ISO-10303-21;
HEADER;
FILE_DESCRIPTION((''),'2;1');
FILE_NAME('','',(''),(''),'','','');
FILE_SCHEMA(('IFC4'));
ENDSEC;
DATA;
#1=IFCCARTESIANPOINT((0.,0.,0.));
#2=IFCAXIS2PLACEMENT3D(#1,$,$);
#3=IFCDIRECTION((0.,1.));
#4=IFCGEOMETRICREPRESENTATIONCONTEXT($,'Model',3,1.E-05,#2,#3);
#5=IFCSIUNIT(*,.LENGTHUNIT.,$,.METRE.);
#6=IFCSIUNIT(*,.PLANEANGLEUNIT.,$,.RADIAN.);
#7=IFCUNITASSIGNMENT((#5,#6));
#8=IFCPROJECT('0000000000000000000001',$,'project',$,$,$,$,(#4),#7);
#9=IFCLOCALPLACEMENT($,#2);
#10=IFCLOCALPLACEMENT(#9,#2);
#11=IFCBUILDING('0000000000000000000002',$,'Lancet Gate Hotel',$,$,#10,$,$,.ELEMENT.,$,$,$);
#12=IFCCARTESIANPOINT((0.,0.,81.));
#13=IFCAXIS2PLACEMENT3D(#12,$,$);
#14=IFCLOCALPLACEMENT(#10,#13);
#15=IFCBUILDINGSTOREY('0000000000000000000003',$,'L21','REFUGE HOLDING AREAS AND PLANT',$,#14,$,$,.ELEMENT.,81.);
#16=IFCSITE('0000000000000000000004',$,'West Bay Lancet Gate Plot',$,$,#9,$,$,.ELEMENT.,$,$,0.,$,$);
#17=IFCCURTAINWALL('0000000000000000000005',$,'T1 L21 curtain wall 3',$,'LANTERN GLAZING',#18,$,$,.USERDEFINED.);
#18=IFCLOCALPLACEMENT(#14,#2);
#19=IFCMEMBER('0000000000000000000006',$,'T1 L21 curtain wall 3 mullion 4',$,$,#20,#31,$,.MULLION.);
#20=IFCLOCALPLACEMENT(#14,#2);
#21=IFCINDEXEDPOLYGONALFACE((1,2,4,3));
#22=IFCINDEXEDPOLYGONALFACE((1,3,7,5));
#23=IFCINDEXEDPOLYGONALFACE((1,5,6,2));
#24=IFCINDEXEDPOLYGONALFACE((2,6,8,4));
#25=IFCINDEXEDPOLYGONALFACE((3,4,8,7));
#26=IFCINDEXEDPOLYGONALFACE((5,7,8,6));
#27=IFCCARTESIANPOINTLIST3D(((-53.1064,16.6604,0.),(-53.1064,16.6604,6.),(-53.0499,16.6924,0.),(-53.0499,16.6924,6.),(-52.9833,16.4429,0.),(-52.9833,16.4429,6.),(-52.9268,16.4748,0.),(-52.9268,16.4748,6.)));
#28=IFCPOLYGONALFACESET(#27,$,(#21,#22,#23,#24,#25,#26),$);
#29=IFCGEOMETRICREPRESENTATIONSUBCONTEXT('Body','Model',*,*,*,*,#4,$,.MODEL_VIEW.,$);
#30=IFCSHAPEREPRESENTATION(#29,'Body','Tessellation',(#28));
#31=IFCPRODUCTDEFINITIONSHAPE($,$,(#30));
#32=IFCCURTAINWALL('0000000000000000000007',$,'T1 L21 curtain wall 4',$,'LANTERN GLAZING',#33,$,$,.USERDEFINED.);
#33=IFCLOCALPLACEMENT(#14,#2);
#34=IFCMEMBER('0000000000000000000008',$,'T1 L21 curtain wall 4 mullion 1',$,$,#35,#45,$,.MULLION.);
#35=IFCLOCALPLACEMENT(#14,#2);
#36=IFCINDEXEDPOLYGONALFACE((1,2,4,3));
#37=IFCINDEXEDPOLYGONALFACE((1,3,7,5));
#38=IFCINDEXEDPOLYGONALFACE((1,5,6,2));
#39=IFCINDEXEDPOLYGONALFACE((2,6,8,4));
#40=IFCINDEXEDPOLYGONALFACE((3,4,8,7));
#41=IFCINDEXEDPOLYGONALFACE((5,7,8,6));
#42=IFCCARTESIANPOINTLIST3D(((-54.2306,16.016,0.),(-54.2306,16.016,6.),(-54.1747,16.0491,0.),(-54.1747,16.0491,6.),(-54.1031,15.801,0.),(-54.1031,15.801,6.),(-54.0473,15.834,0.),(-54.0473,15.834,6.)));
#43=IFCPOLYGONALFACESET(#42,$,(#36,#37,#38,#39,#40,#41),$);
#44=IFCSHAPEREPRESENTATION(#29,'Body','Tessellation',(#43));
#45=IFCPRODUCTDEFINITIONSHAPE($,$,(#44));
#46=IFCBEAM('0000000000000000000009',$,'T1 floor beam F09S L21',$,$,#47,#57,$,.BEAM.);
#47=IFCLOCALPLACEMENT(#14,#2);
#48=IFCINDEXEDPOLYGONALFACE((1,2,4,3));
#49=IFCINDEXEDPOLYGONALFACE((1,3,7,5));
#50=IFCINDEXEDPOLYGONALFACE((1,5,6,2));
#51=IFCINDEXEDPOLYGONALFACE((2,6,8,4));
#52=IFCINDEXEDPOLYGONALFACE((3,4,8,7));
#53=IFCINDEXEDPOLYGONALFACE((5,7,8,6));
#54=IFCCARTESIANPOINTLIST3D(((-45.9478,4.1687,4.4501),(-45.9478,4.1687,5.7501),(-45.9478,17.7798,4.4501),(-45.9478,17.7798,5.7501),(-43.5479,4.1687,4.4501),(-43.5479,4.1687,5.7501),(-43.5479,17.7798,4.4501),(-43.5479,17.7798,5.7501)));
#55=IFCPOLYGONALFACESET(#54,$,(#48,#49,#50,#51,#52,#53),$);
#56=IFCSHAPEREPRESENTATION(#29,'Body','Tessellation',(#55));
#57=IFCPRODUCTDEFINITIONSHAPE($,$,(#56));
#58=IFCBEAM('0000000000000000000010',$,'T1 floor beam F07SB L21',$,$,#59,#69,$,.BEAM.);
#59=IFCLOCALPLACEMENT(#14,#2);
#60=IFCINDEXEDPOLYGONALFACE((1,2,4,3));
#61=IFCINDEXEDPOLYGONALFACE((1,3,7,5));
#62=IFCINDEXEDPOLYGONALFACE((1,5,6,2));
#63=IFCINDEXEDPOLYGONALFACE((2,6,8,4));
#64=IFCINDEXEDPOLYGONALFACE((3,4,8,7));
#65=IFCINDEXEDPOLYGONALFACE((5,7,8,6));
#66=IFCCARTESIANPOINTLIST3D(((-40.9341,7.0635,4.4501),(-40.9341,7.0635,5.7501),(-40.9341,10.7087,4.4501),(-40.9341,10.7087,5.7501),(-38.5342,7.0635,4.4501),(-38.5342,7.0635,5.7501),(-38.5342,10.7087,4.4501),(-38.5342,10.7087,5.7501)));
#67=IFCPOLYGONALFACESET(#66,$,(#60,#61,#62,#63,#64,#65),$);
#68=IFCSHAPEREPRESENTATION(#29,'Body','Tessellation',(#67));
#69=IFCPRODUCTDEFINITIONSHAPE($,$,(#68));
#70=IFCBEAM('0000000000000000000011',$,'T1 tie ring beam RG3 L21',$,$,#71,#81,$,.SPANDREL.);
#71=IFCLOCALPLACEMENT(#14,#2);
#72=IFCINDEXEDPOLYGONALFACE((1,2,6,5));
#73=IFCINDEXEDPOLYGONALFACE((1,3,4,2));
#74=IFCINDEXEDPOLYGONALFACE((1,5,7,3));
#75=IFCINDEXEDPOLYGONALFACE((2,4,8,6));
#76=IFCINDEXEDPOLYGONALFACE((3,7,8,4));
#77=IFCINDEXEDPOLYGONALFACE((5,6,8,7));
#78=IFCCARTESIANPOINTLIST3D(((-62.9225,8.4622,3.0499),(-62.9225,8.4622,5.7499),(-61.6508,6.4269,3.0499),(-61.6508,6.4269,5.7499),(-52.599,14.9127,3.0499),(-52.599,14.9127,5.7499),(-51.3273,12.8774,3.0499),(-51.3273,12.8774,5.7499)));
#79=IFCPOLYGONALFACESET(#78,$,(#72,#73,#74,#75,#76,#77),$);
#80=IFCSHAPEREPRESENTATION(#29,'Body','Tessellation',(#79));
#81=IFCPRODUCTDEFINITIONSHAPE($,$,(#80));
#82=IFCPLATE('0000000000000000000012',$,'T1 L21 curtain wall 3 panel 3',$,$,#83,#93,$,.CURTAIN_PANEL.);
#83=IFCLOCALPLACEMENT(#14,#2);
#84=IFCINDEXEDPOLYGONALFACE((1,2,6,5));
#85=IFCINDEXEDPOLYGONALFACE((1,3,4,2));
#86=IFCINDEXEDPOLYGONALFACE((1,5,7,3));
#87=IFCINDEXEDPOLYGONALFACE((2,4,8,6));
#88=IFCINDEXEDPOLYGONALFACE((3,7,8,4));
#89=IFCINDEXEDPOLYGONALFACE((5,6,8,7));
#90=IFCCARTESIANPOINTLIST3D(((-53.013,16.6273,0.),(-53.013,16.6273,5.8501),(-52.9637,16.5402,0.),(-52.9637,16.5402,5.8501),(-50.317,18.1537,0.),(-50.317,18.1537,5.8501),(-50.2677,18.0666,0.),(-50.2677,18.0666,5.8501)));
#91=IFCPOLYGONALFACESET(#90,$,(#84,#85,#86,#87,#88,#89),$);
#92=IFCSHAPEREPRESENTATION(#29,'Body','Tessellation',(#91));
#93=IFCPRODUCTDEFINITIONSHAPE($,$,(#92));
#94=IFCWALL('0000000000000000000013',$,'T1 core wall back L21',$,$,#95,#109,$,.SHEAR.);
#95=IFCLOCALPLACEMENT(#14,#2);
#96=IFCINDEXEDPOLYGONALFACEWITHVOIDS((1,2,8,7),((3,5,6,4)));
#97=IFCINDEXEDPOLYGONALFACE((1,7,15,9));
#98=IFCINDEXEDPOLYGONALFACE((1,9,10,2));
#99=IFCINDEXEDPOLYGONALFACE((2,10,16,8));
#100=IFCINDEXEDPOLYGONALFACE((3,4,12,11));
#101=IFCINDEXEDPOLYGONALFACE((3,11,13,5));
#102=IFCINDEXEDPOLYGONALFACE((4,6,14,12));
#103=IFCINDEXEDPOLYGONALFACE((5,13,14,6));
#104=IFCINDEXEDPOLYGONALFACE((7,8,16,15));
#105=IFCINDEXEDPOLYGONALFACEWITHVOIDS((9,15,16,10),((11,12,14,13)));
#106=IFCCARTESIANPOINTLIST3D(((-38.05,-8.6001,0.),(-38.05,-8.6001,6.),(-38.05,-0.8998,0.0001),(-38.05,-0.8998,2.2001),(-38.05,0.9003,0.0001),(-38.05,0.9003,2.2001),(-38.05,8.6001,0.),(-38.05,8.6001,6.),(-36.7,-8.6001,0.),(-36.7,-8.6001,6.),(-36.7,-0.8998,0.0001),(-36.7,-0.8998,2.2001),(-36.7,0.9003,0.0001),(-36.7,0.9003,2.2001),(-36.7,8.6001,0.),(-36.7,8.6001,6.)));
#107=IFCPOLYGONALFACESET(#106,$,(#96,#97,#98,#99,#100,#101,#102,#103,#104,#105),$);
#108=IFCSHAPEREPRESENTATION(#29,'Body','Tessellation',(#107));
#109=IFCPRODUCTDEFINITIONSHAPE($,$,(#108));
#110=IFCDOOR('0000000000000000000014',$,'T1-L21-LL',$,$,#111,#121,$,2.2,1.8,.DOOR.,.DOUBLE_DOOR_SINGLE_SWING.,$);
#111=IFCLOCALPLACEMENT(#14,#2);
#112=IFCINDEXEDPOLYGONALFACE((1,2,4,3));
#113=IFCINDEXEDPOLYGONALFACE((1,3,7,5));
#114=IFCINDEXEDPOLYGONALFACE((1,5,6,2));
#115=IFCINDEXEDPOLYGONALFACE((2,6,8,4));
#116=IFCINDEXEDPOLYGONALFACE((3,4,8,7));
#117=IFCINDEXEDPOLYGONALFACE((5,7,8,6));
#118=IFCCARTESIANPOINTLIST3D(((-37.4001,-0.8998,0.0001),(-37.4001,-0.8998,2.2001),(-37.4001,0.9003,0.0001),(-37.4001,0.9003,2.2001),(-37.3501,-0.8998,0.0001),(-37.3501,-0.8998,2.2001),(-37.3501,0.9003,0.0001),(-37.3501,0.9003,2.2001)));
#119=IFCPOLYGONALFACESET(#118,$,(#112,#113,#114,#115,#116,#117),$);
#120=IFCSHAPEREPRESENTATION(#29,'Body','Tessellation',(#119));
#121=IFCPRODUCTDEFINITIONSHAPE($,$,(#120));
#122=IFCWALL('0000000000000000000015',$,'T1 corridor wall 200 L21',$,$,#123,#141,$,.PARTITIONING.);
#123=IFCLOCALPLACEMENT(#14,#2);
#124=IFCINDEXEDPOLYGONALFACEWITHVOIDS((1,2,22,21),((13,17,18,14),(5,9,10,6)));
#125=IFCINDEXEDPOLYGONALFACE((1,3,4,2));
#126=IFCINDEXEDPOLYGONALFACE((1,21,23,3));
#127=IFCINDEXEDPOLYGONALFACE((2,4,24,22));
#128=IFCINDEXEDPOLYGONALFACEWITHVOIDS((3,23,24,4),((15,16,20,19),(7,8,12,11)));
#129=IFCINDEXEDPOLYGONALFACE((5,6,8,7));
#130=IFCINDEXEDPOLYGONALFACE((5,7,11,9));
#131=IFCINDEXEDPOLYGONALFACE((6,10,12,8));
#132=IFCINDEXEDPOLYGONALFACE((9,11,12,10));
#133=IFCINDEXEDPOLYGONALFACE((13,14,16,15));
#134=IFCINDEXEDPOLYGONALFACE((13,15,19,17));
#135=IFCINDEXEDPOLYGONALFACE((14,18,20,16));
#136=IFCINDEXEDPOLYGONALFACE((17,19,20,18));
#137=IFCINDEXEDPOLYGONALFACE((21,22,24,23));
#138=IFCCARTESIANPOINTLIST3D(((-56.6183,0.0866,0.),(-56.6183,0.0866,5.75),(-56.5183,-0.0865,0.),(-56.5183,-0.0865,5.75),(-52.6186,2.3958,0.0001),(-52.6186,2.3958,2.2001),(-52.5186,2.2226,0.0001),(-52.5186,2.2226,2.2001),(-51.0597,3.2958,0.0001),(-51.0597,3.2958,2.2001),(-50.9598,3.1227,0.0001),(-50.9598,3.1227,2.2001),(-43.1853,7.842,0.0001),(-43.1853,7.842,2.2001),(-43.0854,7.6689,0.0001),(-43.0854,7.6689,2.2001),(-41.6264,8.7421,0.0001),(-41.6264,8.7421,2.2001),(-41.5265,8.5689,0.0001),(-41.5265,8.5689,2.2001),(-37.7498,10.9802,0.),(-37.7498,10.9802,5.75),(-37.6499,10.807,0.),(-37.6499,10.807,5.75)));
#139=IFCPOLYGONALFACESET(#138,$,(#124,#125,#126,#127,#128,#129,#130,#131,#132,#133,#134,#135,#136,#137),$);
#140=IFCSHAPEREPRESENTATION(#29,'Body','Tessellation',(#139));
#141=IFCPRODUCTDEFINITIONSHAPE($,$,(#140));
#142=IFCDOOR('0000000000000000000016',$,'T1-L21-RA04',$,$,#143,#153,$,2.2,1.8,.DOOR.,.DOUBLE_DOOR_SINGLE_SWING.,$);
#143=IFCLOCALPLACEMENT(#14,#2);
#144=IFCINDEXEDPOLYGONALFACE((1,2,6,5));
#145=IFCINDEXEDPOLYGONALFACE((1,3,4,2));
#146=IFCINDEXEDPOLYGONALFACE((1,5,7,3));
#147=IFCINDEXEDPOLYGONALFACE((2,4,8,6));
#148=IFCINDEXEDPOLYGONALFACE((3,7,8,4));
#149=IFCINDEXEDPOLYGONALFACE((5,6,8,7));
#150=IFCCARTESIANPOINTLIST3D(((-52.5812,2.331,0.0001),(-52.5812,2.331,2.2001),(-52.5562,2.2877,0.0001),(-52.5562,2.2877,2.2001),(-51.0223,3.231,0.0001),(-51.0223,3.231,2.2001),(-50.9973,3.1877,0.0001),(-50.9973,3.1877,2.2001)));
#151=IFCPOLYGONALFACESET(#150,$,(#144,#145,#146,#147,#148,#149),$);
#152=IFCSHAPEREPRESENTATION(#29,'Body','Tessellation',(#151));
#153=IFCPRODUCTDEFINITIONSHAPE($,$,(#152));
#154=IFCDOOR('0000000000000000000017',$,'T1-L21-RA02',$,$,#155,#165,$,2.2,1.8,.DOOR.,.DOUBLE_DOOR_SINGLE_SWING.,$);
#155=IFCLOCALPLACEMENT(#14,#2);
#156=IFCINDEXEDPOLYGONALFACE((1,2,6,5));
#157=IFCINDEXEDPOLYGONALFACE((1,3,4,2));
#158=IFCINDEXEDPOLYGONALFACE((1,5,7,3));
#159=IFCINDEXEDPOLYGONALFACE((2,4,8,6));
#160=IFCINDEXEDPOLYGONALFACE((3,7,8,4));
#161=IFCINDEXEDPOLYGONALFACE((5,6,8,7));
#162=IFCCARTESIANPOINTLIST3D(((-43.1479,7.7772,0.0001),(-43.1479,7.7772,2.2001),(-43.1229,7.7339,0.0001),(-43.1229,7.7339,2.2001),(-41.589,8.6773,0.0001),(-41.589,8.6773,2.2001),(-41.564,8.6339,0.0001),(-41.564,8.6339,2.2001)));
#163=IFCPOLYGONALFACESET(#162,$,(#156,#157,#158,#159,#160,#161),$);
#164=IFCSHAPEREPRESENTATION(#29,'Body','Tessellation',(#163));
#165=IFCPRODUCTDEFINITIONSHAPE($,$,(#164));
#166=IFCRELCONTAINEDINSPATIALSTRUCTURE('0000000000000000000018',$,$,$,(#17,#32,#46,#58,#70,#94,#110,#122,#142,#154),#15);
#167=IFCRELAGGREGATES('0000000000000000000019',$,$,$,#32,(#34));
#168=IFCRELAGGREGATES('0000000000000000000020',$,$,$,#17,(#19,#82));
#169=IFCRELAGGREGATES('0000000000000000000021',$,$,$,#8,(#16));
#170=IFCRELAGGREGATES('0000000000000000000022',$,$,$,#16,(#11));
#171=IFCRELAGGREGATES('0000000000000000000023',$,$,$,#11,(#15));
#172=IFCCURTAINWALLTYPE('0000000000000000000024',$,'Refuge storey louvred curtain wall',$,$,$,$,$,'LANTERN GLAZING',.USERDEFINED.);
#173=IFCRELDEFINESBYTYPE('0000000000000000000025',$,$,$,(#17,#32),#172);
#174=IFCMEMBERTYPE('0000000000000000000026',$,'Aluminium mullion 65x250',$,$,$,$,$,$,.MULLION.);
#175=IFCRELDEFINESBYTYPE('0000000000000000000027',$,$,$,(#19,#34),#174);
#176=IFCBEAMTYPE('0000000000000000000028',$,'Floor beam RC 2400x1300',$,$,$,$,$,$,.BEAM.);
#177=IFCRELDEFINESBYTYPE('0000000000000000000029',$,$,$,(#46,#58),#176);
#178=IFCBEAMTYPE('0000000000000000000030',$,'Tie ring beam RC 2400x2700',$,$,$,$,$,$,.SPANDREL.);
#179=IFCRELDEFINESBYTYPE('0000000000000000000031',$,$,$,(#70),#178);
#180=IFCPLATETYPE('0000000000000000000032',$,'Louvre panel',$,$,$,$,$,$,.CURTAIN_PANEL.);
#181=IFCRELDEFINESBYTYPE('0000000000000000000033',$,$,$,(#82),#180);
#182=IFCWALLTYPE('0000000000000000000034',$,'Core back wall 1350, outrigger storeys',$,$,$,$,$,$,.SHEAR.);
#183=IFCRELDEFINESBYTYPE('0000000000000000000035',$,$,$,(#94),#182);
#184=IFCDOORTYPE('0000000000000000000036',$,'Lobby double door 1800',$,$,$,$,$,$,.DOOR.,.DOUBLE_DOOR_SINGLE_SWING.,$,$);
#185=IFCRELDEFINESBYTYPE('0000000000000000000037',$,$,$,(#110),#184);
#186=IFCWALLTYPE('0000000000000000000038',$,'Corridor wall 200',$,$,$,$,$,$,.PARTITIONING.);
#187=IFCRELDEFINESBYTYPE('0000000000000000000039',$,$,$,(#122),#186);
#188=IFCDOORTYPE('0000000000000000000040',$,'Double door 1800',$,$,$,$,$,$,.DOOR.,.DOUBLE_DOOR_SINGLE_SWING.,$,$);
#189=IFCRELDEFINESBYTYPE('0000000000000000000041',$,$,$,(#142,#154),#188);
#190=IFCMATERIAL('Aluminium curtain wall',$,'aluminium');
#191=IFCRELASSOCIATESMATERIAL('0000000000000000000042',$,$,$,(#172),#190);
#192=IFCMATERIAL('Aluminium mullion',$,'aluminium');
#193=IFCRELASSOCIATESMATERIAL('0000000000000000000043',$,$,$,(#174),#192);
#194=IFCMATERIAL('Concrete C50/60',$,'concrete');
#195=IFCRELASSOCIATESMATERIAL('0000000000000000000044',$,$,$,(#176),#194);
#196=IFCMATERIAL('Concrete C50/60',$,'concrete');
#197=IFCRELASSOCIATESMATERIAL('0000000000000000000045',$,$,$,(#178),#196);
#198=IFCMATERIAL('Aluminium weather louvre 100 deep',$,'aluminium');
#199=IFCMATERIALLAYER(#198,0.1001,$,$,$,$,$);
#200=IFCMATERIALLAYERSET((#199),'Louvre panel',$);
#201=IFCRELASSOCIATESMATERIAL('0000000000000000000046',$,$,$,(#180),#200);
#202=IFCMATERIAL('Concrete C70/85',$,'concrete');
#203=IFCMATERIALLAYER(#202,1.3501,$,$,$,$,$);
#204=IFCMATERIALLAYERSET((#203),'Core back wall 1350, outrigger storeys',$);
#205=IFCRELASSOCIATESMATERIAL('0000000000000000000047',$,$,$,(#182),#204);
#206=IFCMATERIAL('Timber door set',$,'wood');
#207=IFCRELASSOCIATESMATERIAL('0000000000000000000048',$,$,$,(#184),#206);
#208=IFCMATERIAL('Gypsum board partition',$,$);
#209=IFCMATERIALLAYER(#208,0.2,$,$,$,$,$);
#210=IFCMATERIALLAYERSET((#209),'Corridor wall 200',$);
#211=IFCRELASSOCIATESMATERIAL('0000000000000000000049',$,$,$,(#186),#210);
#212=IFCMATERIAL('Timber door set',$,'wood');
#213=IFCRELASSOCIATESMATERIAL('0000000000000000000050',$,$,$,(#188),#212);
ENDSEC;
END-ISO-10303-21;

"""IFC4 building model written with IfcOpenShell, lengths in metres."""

from ifc_helpers import new_model, si_unit, direction, frame, frame_2d, origin, origin_2d, place, context, subcontext, project, spatial, rectangle, extrude, material, layer, layer_set, material_profile, profile_set, type_object, element, fill, aggregate, save


model = new_model("IFC4")

# Units and contexts
model_context = context("Model", 3, precision=1e-05, world=origin(), true_north=direction((0.0, 1.0)))
body_context = subcontext(model_context, "Body", "Model", "MODEL_VIEW")
ifc_project = project(units=[si_unit("LENGTHUNIT", "METRE"), si_unit("PLANEANGLEUNIT", "RADIAN")], contexts=[model_context])

# Site, building, storey
site_placement = place(None, origin())
site = spatial("IfcSite", under=ifc_project, at=site_placement, Name="West Bay Lancet Gate Plot", CompositionType="ELEMENT", RefElevation=0.0)
building_placement = place(site_placement, origin())
building = spatial("IfcBuilding", under=site, at=building_placement, Name="Lancet Gate Hotel", CompositionType="ELEMENT")
storey_placement = place(building_placement, frame((0.0, 0.0, 81.0)))
storey = spatial("IfcBuildingStorey", under=building, at=storey_placement, Name="L21", Description="REFUGE HOLDING AREAS AND PLANT", CompositionType="ELEMENT", Elevation=81.0)

# Curtain walls, members
ifc_material_1 = material(Name="Aluminium curtain wall", Category="aluminium")
curtain_wall_type = type_object("IfcCurtainWallType", Name="Refuge storey louvred curtain wall", ElementType="LANTERN GLAZING", PredefinedType="USERDEFINED", material=ifc_material_1)
curtain_wall_1_placement = place(storey_placement, origin())
curtain_wall_1 = element("IfcCurtainWall", 1, at=curtain_wall_1_placement, inside=storey, type_object=curtain_wall_type, Name="T1 L21 curtain wall 3", ObjectType="LANTERN GLAZING", PredefinedType="USERDEFINED")
ifc_material_2 = material(Name="Aluminium mullion", Category="aluminium")
ifc_material_profile_1 = material_profile(ifc_material_2, rectangle(XDim=0.0649, YDim=0.25, at=origin_2d()), Name="MULLION 65x250")
ifc_profile_set_1 = profile_set([ifc_material_profile_1], Name="Aluminium mullion")
member_type = type_object("IfcMemberType", Name="Aluminium mullion 65x250", PredefinedType="MULLION", material=ifc_profile_set_1)
member_1_placement = place(storey_placement, frame((-53.0166, 16.5676, 0.0), z_axis=(0.0, 0.0, 1.0), x_axis=(-0.870205, -0.49269, 0.0)))
member_1 = element("IfcMember", 2, at=member_1_placement, type_object=member_type, Name="T1 L21 curtain wall 3 mullion 4", PredefinedType="MULLION", context=body_context, shape_type="SweptSolid", body=[
    extrude(rectangle(XDim=0.0649, YDim=0.25, at=origin_2d()), origin(), (0.0, 0.0, 1.0), 6.0),
])
curtain_wall_2_placement = place(storey_placement, origin())
curtain_wall_2 = element("IfcCurtainWall", 3, at=curtain_wall_2_placement, inside=storey, type_object=curtain_wall_type, Name="T1 L21 curtain wall 4", ObjectType="LANTERN GLAZING", PredefinedType="USERDEFINED")
member_2_placement = place(storey_placement, frame((-54.1389, 15.925, 0.0), z_axis=(0.0, 0.0, 1.0), x_axis=(-0.860382, -0.50965, 0.0)))
member_2 = element("IfcMember", 4, at=member_2_placement, type_object=member_type, Name="T1 L21 curtain wall 4 mullion 1", PredefinedType="MULLION", context=body_context, shape_type="SweptSolid", body=[
    extrude(rectangle(XDim=0.0649, YDim=0.25, at=origin_2d()), origin(), (0.0, 0.0, 1.0), 6.0),
])
aggregate(curtain_wall_2, [member_2])

# Beams
ifc_material_3 = material(Name="Concrete C50/60", Category="concrete")
ifc_material_profile_2 = material_profile(ifc_material_3, rectangle(XDim=2.3999, YDim=1.3, at=origin_2d()), Name="RC 2400x1300")
ifc_profile_set_2 = profile_set([ifc_material_profile_2], Name="Concrete C50/60")
beam_type_1 = type_object("IfcBeamType", Name="Floor beam RC 2400x1300", PredefinedType="BEAM", material=ifc_profile_set_2)
beam_1_placement = place(storey_placement, frame((-44.7478, 17.7798, 5.1001), z_axis=(0.0, -1.0, 0.0), x_axis=(1.0, 0.0, 0.0)))
element("IfcBeam", 5, at=beam_1_placement, inside=storey, type_object=beam_type_1, Name="T1 floor beam F09S L21", PredefinedType="BEAM", context=body_context, shape_type="SweptSolid", body=[
    extrude(rectangle(XDim=2.3999, YDim=1.3, at=origin_2d()), origin(), (0.0, 0.0, 1.0), 13.6111),
])
beam_2_placement = place(storey_placement, frame((-39.7341, 10.7087, 5.1001), z_axis=(0.0, -1.0, 0.0), x_axis=(1.0, 0.0, 0.0)))
element("IfcBeam", 6, at=beam_2_placement, inside=storey, type_object=beam_type_1, Name="T1 floor beam F07SB L21", PredefinedType="BEAM", context=body_context, shape_type="SweptSolid", body=[
    extrude(rectangle(XDim=2.3999, YDim=1.3, at=origin_2d()), origin(), (0.0, 0.0, 1.0), 3.6453),
])
ifc_material_4 = material(Name="Concrete C50/60", Category="concrete")
ifc_material_profile_3 = material_profile(ifc_material_4, rectangle(XDim=2.3999, YDim=2.7, at=origin_2d()), Name="RC 2400x2700")
ifc_profile_set_3 = profile_set([ifc_material_profile_3], Name="Concrete C50/60")
beam_type_2 = type_object("IfcBeamType", Name="Tie ring beam RC 2400x2700", PredefinedType="SPANDREL", material=ifc_profile_set_3)
beam_3_placement = place(storey_placement, frame((-51.9631, 13.895, 4.3999), z_axis=(-0.848063, -0.529896, 0.0), x_axis=(0.529896, -0.848063, 0.0)))
element("IfcBeam", 7, at=beam_3_placement, inside=storey, type_object=beam_type_2, Name="T1 tie ring beam RG3 L21", PredefinedType="SPANDREL", context=body_context, shape_type="SweptSolid", body=[
    extrude(rectangle(XDim=2.3999, YDim=2.7, at=origin_2d()), origin(), (0.0, 0.0, 1.0), 12.1731),
])

# Plate
ifc_material_5 = material(Name="Aluminium weather louvre 100 deep", Category="aluminium")
ifc_layer_1 = layer(ifc_material_5, 0.1001)
ifc_layer_set_1 = layer_set([ifc_layer_1], Name="Louvre panel")
plate_type = type_object("IfcPlateType", Name="Louvre panel", PredefinedType="CURTAIN_PANEL", material=ifc_layer_set_1)
plate_placement = place(storey_placement, frame((-51.6404, 17.3469, 0.0), z_axis=(0.0, 0.0, 1.0), x_axis=(-0.870205, -0.49269, 0.0)))
plate = element("IfcPlate", 8, at=plate_placement, type_object=plate_type, Name="T1 L21 curtain wall 3 panel 3", PredefinedType="CURTAIN_PANEL", context=body_context, shape_type="SweptSolid", body=[
    extrude(rectangle(XDim=3.0981, YDim=0.1001, at=origin_2d()), origin(), (0.0, 0.0, 1.0), 5.8501),
])
aggregate(curtain_wall_1, [member_1, plate])

# Wall, opening, door
ifc_material_6 = material(Name="Concrete C70/85", Category="concrete")
ifc_layer_2 = layer(ifc_material_6, 1.3501)
ifc_layer_set_2 = layer_set([ifc_layer_2], Name="Core back wall 1350, outrigger storeys")
wall_type_1 = type_object("IfcWallType", Name="Core back wall 1350, outrigger storeys", PredefinedType="SHEAR", material=ifc_layer_set_2)
wall_1_placement = place(storey_placement, frame((-37.375, 8.6001, 0.0), z_axis=(0.0, 0.0, 1.0), x_axis=(0.0, -1.0, 0.0)))
wall_1 = element("IfcWall", 9, at=wall_1_placement, inside=storey, type_object=wall_type_1, Name="T1 core wall back L21", PredefinedType="SHEAR", context=body_context, shape_type="SweptSolid", body=[
    extrude(rectangle(XDim=17.2002, YDim=1.3501, at=frame_2d((8.6001, 0.0))), origin(), (0.0, 0.0, 1.0), 6.0),
])
opening_1_placement = place(wall_1_placement, frame((7.7, 0.0, 0.0)))
opening_1 = element("IfcOpeningElement", 10, at=opening_1_placement, cuts=wall_1, PredefinedType="OPENING", context=body_context, shape_type="SweptSolid", body=[
    extrude(rectangle(XDim=1.8, YDim=2.2, at=frame_2d((0.8999, 1.1001))), frame((0.0, 0.6851, 0.0), z_axis=(0.0, -1.0, 0.0), x_axis=(1.0, 0.0, 0.0)), (0.0, 0.0, 1.0), 1.3701),
])
ifc_material_7 = material(Name="Timber door set", Category="wood")
door_type_1 = type_object("IfcDoorType", Name="Lobby double door 1800", OperationType="DOUBLE_DOOR_SINGLE_SWING", PredefinedType="DOOR", material=ifc_material_7)
door_1_placement = place(opening_1_placement, origin())
door_1 = element("IfcDoor", 11, at=door_1_placement, inside=storey, type_object=door_type_1, Name="T1-L21-LL", OperationType="DOUBLE_DOOR_SINGLE_SWING", OverallHeight=2.2, OverallWidth=1.8, PredefinedType="DOOR", context=body_context, shape_type="SweptSolid", body=[
    extrude(rectangle(XDim=1.8, YDim=2.2, at=frame_2d((0.8999, 1.1001))), frame((0.0, 0.0249, 0.0), z_axis=(0.0, -1.0, 0.0), x_axis=(1.0, 0.0, 0.0)), (0.0, 0.0, 1.0), 0.05),
])
fill(opening_1, door_1)

# Wall, openings, doors
ifc_material_8 = material(Name="Gypsum board partition")
ifc_layer_3 = layer(ifc_material_8, 0.2)
ifc_layer_set_3 = layer_set([ifc_layer_3], Name="Corridor wall 200")
wall_type_2 = type_object("IfcWallType", Name="Corridor wall 200", PredefinedType="PARTITIONING", material=ifc_layer_set_3)
wall_2_placement = place(storey_placement, frame((-37.7, 10.8936, 0.0), z_axis=(0.0, 0.0, 1.0), x_axis=(-0.866028, -0.499996, 0.0)))
wall_2 = element("IfcWall", 12, at=wall_2_placement, inside=storey, type_object=wall_type_2, Name="T1 corridor wall 200 L21", PredefinedType="PARTITIONING", context=body_context, shape_type="SweptSolid", body=[
    extrude(rectangle(XDim=21.7874, YDim=0.2, at=frame_2d((10.8936, 0.0))), origin(), (0.0, 0.0, 1.0), 5.75),
])
opening_2_placement = place(wall_2_placement, frame((15.3689, 0.0, 0.0)))
opening_2 = element("IfcOpeningElement", 13, at=opening_2_placement, cuts=wall_2, PredefinedType="OPENING", context=body_context, shape_type="SweptSolid", body=[
    extrude(rectangle(XDim=1.8, YDim=2.2, at=frame_2d((0.8999, 1.1001))), frame((0.0, 0.1099, 0.0), z_axis=(0.0, -1.0, 0.0), x_axis=(1.0, 0.0, 0.0)), (0.0, 0.0, 1.0), 0.22),
])
opening_3_placement = place(wall_2_placement, frame((4.4763, 0.0, 0.0)))
opening_3 = element("IfcOpeningElement", 14, at=opening_3_placement, cuts=wall_2, PredefinedType="OPENING", context=body_context, shape_type="SweptSolid", body=[
    extrude(rectangle(XDim=1.8, YDim=2.2, at=frame_2d((0.8999, 1.1001))), frame((0.0, 0.1099, 0.0), z_axis=(0.0, -1.0, 0.0), x_axis=(1.0, 0.0, 0.0)), (0.0, 0.0, 1.0), 0.22),
])
ifc_material_9 = material(Name="Timber door set", Category="wood")
door_type_2 = type_object("IfcDoorType", Name="Double door 1800", OperationType="DOUBLE_DOOR_SINGLE_SWING", PredefinedType="DOOR", material=ifc_material_9)
door_2_placement = place(opening_2_placement, origin())
door_2 = element("IfcDoor", 15, at=door_2_placement, inside=storey, type_object=door_type_2, Name="T1-L21-RA04", OperationType="DOUBLE_DOOR_SINGLE_SWING", OverallHeight=2.2, OverallWidth=1.8, PredefinedType="DOOR", context=body_context, shape_type="SweptSolid", body=[
    extrude(rectangle(XDim=1.8, YDim=2.2, at=frame_2d((0.8999, 1.1001))), frame((0.0, 0.0249, 0.0), z_axis=(0.0, -1.0, 0.0), x_axis=(1.0, 0.0, 0.0)), (0.0, 0.0, 1.0), 0.05),
])
fill(opening_2, door_2)
door_3_placement = place(opening_3_placement, origin())
door_3 = element("IfcDoor", 16, at=door_3_placement, inside=storey, type_object=door_type_2, Name="T1-L21-RA02", OperationType="DOUBLE_DOOR_SINGLE_SWING", OverallHeight=2.2, OverallWidth=1.8, PredefinedType="DOOR", context=body_context, shape_type="SweptSolid", body=[
    extrude(rectangle(XDim=1.8, YDim=2.2, at=frame_2d((0.8999, 1.1001))), frame((0.0, 0.0249, 0.0), z_axis=(0.0, -1.0, 0.0), x_axis=(1.0, 0.0, 0.0)), (0.0, 0.0, 1.0), 0.05),
])
fill(opening_3, door_3)

save(model, "model.ifc")
